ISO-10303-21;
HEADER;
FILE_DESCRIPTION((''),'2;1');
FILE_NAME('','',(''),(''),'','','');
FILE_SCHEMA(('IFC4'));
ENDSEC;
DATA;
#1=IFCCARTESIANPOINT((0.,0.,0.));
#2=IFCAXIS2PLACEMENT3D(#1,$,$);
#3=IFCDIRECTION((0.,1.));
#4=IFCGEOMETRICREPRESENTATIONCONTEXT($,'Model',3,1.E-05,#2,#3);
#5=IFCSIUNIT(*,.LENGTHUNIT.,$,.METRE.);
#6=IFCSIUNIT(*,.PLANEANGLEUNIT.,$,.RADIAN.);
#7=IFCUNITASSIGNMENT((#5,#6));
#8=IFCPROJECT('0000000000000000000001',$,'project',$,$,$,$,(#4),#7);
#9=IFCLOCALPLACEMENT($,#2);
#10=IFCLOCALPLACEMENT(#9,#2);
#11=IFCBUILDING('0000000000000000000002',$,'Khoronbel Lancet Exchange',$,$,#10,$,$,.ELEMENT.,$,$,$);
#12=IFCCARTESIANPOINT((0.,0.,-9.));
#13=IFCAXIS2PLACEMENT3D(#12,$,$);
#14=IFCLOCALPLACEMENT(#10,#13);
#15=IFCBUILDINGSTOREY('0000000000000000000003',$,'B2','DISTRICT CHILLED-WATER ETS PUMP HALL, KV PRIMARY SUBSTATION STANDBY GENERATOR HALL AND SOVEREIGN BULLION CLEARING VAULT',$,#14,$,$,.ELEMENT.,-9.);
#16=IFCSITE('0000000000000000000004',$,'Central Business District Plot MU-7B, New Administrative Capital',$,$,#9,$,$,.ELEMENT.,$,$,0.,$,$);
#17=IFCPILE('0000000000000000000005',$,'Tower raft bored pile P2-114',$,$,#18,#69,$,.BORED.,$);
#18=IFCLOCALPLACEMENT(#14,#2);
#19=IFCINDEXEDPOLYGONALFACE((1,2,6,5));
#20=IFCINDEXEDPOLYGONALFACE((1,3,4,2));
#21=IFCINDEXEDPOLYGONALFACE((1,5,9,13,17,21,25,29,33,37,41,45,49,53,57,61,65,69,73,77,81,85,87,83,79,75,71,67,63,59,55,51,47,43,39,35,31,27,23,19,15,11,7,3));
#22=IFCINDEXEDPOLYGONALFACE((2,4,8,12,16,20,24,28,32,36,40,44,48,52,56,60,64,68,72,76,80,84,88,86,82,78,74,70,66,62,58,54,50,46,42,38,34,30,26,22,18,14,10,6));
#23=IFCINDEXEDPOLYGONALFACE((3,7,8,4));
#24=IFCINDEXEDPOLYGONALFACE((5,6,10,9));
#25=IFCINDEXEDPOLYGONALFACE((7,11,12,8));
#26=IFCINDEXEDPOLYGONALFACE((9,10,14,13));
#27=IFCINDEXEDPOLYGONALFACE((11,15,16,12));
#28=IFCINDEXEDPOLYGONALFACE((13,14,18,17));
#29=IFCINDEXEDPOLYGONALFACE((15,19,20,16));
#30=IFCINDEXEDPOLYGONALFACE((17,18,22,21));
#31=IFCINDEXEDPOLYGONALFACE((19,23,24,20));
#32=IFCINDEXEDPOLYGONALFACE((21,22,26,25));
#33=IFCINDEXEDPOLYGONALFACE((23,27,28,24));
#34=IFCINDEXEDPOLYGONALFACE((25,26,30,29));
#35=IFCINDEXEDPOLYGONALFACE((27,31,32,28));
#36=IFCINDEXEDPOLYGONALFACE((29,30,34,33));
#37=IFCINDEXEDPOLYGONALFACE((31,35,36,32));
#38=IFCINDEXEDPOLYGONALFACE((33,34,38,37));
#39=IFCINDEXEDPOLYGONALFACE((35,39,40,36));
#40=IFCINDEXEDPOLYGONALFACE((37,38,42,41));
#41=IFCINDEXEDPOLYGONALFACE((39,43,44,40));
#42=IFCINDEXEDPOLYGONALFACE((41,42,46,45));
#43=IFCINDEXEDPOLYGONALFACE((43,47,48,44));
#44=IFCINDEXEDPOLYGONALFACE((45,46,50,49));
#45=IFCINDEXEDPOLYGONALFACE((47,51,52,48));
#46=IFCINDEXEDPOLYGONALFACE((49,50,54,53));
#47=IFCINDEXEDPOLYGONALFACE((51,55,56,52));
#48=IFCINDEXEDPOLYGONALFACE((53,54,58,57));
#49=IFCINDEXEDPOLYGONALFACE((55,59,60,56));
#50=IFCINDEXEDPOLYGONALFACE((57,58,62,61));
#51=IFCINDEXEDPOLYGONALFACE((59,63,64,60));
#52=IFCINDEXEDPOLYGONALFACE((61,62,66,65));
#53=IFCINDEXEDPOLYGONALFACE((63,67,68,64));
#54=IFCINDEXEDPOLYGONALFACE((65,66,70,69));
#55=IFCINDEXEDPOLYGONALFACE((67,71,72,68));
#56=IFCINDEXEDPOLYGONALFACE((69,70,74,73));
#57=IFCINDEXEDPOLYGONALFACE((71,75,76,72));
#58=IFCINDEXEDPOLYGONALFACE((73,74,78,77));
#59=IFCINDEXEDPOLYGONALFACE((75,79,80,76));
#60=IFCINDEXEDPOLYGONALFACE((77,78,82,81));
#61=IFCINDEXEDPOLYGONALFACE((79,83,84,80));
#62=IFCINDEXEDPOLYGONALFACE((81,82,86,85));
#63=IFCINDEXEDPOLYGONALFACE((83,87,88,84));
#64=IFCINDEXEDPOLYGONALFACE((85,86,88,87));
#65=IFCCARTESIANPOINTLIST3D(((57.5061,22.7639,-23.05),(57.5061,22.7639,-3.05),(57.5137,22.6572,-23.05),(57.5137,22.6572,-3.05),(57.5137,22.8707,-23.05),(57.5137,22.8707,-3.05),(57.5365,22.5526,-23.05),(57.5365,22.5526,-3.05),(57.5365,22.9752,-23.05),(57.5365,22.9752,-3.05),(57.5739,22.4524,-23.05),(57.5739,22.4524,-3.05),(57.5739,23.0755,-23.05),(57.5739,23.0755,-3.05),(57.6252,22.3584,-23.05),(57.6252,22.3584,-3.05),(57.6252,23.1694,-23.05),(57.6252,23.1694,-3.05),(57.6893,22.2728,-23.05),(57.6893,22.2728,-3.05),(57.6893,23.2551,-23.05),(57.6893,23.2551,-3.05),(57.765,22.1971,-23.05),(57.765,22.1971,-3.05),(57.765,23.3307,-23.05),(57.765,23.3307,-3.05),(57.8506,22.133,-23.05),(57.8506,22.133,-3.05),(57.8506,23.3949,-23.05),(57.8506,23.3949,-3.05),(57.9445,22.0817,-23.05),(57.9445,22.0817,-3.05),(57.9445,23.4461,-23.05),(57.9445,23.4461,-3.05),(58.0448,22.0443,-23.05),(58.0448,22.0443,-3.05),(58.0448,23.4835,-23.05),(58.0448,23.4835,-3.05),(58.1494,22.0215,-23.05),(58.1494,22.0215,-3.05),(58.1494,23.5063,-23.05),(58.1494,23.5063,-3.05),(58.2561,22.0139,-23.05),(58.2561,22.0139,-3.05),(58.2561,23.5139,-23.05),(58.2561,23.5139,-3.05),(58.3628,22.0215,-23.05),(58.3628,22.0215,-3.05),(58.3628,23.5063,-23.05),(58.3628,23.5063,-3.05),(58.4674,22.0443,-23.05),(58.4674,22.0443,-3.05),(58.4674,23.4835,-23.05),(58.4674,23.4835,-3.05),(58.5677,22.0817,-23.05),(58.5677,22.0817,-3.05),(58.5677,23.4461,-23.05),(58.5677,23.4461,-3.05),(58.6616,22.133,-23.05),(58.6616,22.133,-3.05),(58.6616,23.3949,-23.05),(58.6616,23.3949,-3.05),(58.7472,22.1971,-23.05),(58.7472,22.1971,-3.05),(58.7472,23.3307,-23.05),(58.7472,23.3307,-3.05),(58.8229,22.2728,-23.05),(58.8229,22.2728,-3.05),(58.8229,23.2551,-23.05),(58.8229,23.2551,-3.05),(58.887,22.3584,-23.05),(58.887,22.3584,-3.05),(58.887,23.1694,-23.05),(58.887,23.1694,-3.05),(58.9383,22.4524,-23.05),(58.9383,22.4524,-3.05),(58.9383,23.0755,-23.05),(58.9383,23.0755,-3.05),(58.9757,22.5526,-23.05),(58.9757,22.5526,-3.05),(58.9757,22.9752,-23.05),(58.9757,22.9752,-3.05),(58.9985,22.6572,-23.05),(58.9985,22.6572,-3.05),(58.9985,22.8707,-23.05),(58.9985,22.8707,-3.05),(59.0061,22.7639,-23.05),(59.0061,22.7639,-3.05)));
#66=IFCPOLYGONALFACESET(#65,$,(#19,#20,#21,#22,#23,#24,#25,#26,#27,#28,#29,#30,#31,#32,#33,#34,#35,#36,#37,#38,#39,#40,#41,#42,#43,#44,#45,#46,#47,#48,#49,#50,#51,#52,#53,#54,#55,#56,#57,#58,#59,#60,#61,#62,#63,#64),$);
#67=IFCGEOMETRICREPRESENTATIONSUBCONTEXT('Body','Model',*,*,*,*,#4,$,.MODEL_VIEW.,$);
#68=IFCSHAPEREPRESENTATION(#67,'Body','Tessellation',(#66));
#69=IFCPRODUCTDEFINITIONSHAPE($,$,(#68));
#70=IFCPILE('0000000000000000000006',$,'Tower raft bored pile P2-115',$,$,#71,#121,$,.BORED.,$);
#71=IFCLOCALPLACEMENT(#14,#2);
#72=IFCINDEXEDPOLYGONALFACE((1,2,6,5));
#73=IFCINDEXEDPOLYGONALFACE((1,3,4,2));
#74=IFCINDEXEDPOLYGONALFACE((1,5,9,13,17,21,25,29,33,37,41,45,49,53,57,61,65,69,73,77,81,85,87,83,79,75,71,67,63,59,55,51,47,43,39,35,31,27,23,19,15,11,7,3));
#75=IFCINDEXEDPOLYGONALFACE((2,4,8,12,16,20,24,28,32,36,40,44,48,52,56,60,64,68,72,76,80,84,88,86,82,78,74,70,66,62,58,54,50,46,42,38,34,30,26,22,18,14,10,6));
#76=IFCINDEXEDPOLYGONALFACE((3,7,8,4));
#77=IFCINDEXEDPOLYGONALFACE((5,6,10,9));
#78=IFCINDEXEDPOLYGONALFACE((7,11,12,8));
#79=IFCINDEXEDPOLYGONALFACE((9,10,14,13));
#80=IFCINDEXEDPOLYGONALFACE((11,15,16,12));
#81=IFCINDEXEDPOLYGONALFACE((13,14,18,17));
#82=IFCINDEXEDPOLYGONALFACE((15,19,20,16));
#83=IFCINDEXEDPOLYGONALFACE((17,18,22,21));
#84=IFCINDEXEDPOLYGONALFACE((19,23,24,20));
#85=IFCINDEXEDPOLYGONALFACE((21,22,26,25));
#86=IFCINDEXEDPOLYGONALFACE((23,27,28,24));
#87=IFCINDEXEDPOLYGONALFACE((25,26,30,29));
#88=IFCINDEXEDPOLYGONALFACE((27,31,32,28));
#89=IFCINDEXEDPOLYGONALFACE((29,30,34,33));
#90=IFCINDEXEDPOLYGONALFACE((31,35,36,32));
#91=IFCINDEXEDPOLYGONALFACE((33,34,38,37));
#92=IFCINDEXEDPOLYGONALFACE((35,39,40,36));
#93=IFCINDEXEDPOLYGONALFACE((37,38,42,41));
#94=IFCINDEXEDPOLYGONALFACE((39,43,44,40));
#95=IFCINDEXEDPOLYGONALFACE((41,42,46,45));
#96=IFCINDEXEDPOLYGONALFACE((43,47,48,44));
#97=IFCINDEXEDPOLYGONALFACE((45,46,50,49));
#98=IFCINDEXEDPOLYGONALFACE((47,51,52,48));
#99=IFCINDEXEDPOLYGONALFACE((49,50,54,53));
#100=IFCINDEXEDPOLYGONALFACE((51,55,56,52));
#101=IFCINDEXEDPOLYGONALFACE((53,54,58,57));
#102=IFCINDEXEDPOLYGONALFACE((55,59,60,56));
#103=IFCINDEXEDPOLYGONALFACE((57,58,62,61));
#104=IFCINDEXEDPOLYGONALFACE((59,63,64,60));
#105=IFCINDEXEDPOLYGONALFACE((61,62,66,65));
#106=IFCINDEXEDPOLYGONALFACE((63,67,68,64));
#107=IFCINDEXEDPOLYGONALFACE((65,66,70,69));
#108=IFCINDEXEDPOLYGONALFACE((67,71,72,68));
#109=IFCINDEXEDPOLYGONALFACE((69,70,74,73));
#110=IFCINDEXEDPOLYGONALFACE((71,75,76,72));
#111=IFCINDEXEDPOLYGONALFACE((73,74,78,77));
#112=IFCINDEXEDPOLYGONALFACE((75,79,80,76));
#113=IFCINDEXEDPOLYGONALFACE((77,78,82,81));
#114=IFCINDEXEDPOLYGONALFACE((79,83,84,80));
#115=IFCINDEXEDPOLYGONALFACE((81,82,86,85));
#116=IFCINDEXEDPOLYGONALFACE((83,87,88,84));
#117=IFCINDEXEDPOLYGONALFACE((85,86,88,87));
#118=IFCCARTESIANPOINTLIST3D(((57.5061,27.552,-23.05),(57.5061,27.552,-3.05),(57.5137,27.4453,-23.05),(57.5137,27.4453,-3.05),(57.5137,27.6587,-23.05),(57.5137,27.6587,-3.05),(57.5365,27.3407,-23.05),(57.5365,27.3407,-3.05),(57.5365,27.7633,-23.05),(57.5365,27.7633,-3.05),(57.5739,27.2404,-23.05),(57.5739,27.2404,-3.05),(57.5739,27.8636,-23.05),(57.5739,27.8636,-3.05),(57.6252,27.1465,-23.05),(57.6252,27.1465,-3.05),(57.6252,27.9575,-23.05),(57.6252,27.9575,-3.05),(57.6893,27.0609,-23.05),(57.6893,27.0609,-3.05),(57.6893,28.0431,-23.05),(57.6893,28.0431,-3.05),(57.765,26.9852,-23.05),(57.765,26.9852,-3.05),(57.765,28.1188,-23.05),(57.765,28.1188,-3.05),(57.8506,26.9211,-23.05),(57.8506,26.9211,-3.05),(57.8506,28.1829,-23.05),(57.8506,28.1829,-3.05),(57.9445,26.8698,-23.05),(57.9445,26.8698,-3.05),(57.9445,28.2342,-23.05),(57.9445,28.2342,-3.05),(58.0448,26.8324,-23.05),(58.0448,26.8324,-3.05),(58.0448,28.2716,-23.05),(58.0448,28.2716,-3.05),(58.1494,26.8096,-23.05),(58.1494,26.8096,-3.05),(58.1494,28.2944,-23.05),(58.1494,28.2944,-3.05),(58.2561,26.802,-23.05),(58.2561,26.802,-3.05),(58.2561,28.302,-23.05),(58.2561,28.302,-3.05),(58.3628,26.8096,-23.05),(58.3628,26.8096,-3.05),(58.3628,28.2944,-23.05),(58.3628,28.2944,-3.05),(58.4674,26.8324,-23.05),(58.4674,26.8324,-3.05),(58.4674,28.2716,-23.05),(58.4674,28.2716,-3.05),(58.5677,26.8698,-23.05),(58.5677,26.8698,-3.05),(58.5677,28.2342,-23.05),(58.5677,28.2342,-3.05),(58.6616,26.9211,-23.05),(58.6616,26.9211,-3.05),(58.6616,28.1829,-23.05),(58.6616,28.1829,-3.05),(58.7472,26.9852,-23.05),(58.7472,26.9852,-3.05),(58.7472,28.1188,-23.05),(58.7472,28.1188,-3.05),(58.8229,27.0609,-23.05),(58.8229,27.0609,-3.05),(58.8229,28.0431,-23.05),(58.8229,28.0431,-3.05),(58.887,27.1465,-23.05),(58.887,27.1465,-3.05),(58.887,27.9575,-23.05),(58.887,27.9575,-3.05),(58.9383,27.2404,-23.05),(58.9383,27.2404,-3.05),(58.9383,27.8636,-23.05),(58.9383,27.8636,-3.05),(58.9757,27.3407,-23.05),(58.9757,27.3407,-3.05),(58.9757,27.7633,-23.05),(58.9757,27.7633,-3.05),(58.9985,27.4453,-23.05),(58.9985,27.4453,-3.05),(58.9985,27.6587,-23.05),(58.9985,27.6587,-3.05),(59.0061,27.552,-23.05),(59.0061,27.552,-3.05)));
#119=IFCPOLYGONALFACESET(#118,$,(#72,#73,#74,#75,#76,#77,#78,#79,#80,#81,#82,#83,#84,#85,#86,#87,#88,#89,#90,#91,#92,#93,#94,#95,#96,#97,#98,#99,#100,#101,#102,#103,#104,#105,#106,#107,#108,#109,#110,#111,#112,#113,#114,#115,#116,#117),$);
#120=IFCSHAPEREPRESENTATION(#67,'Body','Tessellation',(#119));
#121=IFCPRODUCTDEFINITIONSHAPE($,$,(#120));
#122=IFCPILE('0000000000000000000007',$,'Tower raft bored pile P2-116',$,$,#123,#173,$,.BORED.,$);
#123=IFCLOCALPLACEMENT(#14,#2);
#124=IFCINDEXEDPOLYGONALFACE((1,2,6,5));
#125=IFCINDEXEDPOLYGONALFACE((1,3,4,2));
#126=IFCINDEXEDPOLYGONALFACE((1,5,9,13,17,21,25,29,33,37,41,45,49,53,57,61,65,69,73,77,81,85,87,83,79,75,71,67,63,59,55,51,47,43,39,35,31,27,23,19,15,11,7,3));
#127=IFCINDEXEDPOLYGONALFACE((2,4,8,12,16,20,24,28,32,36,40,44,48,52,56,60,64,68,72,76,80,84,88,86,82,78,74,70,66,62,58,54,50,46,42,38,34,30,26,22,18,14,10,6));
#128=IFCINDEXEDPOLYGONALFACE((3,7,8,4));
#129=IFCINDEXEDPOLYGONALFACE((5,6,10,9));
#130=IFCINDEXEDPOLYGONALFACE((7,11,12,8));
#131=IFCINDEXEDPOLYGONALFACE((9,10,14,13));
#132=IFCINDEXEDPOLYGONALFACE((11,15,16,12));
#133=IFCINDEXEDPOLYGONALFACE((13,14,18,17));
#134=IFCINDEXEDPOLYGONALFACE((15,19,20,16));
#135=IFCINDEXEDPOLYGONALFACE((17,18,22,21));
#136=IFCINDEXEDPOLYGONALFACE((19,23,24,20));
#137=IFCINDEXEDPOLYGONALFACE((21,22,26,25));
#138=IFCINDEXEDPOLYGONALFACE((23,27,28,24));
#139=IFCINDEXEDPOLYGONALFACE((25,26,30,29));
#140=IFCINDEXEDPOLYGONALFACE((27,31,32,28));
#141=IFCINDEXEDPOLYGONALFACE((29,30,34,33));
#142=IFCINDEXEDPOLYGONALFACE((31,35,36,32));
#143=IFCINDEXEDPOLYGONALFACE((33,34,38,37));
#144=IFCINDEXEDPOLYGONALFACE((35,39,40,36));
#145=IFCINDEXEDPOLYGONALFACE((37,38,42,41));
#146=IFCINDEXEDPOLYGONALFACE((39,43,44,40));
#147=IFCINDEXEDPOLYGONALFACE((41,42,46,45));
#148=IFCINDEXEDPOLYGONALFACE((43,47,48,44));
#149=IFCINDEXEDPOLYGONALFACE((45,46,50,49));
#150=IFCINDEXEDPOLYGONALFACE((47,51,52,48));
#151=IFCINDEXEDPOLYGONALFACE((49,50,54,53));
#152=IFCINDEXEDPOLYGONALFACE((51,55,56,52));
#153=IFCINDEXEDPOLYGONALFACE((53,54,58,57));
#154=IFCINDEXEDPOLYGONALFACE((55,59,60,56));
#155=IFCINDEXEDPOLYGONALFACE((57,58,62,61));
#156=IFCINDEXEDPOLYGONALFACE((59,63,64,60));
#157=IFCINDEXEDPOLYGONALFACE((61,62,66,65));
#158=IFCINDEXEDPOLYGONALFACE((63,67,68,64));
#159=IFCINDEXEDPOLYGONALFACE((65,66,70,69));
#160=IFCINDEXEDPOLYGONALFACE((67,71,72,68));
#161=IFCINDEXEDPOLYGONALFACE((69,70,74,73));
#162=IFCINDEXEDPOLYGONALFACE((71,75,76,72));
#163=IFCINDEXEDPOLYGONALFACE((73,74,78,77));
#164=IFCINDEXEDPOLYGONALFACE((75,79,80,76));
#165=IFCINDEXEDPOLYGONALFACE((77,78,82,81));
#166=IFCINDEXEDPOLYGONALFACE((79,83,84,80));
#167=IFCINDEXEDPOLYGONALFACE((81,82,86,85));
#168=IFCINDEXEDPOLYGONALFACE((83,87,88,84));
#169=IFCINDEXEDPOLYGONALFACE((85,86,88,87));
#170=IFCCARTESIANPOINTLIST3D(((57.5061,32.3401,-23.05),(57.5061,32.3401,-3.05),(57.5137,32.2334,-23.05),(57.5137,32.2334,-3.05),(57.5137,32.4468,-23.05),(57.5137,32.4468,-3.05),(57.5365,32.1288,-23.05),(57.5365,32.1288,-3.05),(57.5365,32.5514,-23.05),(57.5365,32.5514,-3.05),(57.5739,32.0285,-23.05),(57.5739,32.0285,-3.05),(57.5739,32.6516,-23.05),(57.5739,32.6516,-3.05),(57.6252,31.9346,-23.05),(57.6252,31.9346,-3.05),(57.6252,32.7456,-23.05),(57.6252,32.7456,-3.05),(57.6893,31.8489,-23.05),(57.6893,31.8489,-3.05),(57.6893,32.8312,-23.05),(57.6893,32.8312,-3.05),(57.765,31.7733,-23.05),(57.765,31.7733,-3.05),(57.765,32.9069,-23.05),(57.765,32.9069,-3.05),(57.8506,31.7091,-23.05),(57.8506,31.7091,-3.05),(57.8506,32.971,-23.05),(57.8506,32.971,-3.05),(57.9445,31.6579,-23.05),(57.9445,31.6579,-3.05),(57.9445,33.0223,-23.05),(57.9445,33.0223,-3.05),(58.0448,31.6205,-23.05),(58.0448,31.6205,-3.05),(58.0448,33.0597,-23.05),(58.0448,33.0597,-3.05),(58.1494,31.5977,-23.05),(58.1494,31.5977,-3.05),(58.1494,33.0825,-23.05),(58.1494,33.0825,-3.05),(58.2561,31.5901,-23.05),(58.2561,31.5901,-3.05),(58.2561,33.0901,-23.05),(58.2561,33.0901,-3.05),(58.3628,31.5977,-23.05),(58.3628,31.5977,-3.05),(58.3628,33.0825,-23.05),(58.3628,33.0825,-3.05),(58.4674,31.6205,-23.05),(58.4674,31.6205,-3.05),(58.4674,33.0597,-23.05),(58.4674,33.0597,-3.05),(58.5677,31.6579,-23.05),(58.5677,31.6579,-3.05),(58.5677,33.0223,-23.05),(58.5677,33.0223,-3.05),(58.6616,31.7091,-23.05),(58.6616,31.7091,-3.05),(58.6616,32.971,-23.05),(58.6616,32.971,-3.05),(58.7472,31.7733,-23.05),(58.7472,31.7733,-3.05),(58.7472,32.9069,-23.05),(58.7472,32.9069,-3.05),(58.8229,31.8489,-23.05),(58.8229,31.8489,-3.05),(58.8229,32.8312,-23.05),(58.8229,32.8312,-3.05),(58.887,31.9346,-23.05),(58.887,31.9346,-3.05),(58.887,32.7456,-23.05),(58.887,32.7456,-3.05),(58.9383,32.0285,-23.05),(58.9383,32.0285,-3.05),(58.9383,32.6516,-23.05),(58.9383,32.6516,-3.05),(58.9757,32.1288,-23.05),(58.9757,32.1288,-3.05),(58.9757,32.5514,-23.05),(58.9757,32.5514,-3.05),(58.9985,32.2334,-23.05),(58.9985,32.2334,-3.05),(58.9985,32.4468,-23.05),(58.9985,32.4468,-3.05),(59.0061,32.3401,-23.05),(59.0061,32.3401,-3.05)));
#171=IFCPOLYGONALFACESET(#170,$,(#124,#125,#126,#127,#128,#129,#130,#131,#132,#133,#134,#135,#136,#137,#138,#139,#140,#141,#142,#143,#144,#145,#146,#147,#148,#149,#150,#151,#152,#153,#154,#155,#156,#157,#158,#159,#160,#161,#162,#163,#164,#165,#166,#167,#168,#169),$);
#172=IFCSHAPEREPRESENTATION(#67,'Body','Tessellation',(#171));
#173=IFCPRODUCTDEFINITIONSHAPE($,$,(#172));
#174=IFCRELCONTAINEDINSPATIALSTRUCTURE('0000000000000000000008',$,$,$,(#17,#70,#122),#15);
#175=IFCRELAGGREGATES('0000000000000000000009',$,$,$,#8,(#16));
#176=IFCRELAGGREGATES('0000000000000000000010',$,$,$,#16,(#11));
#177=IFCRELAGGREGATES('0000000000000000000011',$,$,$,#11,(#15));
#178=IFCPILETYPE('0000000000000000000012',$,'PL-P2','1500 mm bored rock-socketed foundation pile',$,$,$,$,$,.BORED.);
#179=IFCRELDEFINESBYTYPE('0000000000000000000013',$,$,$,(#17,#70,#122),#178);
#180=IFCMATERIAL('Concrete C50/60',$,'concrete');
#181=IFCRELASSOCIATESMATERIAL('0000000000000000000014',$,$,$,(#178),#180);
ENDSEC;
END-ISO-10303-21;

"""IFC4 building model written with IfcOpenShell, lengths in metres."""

from ifc_helpers import new_model, si_unit, direction, frame, origin, origin_2d, place, context, subcontext, project, spatial, circle, extrude, material, material_profile, profile_set, type_object, element, save


model = new_model("IFC4")

# Units and contexts
model_context = context("Model", 3, precision=1e-05, world=origin(), true_north=direction((0.0, 1.0)))
body_context = subcontext(model_context, "Body", "Model", "MODEL_VIEW")
ifc_project = project(units=[si_unit("LENGTHUNIT", "METRE"), si_unit("PLANEANGLEUNIT", "RADIAN")], contexts=[model_context])

# Site, building, storey
site_placement = place(None, origin())
site = spatial("IfcSite", under=ifc_project, at=site_placement, Name="Central Business District Plot MU-7B, New Administrative Capital", CompositionType="ELEMENT", RefElevation=0.0)
building_placement = place(site_placement, origin())
building = spatial("IfcBuilding", under=site, at=building_placement, Name="Khoronbel Lancet Exchange", CompositionType="ELEMENT")
storey_placement = place(building_placement, frame((0.0, 0.0, -9.0)))
storey = spatial("IfcBuildingStorey", under=building, at=storey_placement, Name="B2", Description="DISTRICT CHILLED-WATER ETS PUMP HALL, KV PRIMARY SUBSTATION STANDBY GENERATOR HALL AND SOVEREIGN BULLION CLEARING VAULT", CompositionType="ELEMENT", Elevation=-9.0)

# Piles
ifc_material = material(Name="Concrete C50/60", Category="concrete")
ifc_material_profile = material_profile(ifc_material, circle(Radius=0.75, at=origin_2d()), Name="BORED PILE D1500")
ifc_profile_set = profile_set([ifc_material_profile], Name="Concrete C50/60")
pile_type = type_object("IfcPileType", Name="PL-P2", Description="1500 mm bored rock-socketed foundation pile", PredefinedType="BORED", material=ifc_profile_set)
for number, where, z_axis, x_axis, name in (
    (1, (58.2561, 22.7639, -3.05), (0.0, 0.0, -1.0), (1.0, 0.0, 0.0), "Tower raft bored pile P2-114"),
    (2, (58.2561, 27.552, -3.05), (0.0, 0.0, -1.0), (1.0, 0.0, 0.0), "Tower raft bored pile P2-115"),
    (3, (58.2561, 32.3401, -3.05), (0.0, 0.0, -1.0), (1.0, 0.0, 0.0), "Tower raft bored pile P2-116"),
):
    element("IfcPile", number, at=place(storey_placement, frame(where, z_axis=z_axis, x_axis=x_axis)), inside=storey, type_object=pile_type, Name=name, PredefinedType="BORED", context=body_context, shape_type="SweptSolid", body=[
        extrude(circle(Radius=0.75, at=origin_2d()), origin(), (0.0, 0.0, 1.0), 20.0),
    ])

save(model, "model.ifc")
